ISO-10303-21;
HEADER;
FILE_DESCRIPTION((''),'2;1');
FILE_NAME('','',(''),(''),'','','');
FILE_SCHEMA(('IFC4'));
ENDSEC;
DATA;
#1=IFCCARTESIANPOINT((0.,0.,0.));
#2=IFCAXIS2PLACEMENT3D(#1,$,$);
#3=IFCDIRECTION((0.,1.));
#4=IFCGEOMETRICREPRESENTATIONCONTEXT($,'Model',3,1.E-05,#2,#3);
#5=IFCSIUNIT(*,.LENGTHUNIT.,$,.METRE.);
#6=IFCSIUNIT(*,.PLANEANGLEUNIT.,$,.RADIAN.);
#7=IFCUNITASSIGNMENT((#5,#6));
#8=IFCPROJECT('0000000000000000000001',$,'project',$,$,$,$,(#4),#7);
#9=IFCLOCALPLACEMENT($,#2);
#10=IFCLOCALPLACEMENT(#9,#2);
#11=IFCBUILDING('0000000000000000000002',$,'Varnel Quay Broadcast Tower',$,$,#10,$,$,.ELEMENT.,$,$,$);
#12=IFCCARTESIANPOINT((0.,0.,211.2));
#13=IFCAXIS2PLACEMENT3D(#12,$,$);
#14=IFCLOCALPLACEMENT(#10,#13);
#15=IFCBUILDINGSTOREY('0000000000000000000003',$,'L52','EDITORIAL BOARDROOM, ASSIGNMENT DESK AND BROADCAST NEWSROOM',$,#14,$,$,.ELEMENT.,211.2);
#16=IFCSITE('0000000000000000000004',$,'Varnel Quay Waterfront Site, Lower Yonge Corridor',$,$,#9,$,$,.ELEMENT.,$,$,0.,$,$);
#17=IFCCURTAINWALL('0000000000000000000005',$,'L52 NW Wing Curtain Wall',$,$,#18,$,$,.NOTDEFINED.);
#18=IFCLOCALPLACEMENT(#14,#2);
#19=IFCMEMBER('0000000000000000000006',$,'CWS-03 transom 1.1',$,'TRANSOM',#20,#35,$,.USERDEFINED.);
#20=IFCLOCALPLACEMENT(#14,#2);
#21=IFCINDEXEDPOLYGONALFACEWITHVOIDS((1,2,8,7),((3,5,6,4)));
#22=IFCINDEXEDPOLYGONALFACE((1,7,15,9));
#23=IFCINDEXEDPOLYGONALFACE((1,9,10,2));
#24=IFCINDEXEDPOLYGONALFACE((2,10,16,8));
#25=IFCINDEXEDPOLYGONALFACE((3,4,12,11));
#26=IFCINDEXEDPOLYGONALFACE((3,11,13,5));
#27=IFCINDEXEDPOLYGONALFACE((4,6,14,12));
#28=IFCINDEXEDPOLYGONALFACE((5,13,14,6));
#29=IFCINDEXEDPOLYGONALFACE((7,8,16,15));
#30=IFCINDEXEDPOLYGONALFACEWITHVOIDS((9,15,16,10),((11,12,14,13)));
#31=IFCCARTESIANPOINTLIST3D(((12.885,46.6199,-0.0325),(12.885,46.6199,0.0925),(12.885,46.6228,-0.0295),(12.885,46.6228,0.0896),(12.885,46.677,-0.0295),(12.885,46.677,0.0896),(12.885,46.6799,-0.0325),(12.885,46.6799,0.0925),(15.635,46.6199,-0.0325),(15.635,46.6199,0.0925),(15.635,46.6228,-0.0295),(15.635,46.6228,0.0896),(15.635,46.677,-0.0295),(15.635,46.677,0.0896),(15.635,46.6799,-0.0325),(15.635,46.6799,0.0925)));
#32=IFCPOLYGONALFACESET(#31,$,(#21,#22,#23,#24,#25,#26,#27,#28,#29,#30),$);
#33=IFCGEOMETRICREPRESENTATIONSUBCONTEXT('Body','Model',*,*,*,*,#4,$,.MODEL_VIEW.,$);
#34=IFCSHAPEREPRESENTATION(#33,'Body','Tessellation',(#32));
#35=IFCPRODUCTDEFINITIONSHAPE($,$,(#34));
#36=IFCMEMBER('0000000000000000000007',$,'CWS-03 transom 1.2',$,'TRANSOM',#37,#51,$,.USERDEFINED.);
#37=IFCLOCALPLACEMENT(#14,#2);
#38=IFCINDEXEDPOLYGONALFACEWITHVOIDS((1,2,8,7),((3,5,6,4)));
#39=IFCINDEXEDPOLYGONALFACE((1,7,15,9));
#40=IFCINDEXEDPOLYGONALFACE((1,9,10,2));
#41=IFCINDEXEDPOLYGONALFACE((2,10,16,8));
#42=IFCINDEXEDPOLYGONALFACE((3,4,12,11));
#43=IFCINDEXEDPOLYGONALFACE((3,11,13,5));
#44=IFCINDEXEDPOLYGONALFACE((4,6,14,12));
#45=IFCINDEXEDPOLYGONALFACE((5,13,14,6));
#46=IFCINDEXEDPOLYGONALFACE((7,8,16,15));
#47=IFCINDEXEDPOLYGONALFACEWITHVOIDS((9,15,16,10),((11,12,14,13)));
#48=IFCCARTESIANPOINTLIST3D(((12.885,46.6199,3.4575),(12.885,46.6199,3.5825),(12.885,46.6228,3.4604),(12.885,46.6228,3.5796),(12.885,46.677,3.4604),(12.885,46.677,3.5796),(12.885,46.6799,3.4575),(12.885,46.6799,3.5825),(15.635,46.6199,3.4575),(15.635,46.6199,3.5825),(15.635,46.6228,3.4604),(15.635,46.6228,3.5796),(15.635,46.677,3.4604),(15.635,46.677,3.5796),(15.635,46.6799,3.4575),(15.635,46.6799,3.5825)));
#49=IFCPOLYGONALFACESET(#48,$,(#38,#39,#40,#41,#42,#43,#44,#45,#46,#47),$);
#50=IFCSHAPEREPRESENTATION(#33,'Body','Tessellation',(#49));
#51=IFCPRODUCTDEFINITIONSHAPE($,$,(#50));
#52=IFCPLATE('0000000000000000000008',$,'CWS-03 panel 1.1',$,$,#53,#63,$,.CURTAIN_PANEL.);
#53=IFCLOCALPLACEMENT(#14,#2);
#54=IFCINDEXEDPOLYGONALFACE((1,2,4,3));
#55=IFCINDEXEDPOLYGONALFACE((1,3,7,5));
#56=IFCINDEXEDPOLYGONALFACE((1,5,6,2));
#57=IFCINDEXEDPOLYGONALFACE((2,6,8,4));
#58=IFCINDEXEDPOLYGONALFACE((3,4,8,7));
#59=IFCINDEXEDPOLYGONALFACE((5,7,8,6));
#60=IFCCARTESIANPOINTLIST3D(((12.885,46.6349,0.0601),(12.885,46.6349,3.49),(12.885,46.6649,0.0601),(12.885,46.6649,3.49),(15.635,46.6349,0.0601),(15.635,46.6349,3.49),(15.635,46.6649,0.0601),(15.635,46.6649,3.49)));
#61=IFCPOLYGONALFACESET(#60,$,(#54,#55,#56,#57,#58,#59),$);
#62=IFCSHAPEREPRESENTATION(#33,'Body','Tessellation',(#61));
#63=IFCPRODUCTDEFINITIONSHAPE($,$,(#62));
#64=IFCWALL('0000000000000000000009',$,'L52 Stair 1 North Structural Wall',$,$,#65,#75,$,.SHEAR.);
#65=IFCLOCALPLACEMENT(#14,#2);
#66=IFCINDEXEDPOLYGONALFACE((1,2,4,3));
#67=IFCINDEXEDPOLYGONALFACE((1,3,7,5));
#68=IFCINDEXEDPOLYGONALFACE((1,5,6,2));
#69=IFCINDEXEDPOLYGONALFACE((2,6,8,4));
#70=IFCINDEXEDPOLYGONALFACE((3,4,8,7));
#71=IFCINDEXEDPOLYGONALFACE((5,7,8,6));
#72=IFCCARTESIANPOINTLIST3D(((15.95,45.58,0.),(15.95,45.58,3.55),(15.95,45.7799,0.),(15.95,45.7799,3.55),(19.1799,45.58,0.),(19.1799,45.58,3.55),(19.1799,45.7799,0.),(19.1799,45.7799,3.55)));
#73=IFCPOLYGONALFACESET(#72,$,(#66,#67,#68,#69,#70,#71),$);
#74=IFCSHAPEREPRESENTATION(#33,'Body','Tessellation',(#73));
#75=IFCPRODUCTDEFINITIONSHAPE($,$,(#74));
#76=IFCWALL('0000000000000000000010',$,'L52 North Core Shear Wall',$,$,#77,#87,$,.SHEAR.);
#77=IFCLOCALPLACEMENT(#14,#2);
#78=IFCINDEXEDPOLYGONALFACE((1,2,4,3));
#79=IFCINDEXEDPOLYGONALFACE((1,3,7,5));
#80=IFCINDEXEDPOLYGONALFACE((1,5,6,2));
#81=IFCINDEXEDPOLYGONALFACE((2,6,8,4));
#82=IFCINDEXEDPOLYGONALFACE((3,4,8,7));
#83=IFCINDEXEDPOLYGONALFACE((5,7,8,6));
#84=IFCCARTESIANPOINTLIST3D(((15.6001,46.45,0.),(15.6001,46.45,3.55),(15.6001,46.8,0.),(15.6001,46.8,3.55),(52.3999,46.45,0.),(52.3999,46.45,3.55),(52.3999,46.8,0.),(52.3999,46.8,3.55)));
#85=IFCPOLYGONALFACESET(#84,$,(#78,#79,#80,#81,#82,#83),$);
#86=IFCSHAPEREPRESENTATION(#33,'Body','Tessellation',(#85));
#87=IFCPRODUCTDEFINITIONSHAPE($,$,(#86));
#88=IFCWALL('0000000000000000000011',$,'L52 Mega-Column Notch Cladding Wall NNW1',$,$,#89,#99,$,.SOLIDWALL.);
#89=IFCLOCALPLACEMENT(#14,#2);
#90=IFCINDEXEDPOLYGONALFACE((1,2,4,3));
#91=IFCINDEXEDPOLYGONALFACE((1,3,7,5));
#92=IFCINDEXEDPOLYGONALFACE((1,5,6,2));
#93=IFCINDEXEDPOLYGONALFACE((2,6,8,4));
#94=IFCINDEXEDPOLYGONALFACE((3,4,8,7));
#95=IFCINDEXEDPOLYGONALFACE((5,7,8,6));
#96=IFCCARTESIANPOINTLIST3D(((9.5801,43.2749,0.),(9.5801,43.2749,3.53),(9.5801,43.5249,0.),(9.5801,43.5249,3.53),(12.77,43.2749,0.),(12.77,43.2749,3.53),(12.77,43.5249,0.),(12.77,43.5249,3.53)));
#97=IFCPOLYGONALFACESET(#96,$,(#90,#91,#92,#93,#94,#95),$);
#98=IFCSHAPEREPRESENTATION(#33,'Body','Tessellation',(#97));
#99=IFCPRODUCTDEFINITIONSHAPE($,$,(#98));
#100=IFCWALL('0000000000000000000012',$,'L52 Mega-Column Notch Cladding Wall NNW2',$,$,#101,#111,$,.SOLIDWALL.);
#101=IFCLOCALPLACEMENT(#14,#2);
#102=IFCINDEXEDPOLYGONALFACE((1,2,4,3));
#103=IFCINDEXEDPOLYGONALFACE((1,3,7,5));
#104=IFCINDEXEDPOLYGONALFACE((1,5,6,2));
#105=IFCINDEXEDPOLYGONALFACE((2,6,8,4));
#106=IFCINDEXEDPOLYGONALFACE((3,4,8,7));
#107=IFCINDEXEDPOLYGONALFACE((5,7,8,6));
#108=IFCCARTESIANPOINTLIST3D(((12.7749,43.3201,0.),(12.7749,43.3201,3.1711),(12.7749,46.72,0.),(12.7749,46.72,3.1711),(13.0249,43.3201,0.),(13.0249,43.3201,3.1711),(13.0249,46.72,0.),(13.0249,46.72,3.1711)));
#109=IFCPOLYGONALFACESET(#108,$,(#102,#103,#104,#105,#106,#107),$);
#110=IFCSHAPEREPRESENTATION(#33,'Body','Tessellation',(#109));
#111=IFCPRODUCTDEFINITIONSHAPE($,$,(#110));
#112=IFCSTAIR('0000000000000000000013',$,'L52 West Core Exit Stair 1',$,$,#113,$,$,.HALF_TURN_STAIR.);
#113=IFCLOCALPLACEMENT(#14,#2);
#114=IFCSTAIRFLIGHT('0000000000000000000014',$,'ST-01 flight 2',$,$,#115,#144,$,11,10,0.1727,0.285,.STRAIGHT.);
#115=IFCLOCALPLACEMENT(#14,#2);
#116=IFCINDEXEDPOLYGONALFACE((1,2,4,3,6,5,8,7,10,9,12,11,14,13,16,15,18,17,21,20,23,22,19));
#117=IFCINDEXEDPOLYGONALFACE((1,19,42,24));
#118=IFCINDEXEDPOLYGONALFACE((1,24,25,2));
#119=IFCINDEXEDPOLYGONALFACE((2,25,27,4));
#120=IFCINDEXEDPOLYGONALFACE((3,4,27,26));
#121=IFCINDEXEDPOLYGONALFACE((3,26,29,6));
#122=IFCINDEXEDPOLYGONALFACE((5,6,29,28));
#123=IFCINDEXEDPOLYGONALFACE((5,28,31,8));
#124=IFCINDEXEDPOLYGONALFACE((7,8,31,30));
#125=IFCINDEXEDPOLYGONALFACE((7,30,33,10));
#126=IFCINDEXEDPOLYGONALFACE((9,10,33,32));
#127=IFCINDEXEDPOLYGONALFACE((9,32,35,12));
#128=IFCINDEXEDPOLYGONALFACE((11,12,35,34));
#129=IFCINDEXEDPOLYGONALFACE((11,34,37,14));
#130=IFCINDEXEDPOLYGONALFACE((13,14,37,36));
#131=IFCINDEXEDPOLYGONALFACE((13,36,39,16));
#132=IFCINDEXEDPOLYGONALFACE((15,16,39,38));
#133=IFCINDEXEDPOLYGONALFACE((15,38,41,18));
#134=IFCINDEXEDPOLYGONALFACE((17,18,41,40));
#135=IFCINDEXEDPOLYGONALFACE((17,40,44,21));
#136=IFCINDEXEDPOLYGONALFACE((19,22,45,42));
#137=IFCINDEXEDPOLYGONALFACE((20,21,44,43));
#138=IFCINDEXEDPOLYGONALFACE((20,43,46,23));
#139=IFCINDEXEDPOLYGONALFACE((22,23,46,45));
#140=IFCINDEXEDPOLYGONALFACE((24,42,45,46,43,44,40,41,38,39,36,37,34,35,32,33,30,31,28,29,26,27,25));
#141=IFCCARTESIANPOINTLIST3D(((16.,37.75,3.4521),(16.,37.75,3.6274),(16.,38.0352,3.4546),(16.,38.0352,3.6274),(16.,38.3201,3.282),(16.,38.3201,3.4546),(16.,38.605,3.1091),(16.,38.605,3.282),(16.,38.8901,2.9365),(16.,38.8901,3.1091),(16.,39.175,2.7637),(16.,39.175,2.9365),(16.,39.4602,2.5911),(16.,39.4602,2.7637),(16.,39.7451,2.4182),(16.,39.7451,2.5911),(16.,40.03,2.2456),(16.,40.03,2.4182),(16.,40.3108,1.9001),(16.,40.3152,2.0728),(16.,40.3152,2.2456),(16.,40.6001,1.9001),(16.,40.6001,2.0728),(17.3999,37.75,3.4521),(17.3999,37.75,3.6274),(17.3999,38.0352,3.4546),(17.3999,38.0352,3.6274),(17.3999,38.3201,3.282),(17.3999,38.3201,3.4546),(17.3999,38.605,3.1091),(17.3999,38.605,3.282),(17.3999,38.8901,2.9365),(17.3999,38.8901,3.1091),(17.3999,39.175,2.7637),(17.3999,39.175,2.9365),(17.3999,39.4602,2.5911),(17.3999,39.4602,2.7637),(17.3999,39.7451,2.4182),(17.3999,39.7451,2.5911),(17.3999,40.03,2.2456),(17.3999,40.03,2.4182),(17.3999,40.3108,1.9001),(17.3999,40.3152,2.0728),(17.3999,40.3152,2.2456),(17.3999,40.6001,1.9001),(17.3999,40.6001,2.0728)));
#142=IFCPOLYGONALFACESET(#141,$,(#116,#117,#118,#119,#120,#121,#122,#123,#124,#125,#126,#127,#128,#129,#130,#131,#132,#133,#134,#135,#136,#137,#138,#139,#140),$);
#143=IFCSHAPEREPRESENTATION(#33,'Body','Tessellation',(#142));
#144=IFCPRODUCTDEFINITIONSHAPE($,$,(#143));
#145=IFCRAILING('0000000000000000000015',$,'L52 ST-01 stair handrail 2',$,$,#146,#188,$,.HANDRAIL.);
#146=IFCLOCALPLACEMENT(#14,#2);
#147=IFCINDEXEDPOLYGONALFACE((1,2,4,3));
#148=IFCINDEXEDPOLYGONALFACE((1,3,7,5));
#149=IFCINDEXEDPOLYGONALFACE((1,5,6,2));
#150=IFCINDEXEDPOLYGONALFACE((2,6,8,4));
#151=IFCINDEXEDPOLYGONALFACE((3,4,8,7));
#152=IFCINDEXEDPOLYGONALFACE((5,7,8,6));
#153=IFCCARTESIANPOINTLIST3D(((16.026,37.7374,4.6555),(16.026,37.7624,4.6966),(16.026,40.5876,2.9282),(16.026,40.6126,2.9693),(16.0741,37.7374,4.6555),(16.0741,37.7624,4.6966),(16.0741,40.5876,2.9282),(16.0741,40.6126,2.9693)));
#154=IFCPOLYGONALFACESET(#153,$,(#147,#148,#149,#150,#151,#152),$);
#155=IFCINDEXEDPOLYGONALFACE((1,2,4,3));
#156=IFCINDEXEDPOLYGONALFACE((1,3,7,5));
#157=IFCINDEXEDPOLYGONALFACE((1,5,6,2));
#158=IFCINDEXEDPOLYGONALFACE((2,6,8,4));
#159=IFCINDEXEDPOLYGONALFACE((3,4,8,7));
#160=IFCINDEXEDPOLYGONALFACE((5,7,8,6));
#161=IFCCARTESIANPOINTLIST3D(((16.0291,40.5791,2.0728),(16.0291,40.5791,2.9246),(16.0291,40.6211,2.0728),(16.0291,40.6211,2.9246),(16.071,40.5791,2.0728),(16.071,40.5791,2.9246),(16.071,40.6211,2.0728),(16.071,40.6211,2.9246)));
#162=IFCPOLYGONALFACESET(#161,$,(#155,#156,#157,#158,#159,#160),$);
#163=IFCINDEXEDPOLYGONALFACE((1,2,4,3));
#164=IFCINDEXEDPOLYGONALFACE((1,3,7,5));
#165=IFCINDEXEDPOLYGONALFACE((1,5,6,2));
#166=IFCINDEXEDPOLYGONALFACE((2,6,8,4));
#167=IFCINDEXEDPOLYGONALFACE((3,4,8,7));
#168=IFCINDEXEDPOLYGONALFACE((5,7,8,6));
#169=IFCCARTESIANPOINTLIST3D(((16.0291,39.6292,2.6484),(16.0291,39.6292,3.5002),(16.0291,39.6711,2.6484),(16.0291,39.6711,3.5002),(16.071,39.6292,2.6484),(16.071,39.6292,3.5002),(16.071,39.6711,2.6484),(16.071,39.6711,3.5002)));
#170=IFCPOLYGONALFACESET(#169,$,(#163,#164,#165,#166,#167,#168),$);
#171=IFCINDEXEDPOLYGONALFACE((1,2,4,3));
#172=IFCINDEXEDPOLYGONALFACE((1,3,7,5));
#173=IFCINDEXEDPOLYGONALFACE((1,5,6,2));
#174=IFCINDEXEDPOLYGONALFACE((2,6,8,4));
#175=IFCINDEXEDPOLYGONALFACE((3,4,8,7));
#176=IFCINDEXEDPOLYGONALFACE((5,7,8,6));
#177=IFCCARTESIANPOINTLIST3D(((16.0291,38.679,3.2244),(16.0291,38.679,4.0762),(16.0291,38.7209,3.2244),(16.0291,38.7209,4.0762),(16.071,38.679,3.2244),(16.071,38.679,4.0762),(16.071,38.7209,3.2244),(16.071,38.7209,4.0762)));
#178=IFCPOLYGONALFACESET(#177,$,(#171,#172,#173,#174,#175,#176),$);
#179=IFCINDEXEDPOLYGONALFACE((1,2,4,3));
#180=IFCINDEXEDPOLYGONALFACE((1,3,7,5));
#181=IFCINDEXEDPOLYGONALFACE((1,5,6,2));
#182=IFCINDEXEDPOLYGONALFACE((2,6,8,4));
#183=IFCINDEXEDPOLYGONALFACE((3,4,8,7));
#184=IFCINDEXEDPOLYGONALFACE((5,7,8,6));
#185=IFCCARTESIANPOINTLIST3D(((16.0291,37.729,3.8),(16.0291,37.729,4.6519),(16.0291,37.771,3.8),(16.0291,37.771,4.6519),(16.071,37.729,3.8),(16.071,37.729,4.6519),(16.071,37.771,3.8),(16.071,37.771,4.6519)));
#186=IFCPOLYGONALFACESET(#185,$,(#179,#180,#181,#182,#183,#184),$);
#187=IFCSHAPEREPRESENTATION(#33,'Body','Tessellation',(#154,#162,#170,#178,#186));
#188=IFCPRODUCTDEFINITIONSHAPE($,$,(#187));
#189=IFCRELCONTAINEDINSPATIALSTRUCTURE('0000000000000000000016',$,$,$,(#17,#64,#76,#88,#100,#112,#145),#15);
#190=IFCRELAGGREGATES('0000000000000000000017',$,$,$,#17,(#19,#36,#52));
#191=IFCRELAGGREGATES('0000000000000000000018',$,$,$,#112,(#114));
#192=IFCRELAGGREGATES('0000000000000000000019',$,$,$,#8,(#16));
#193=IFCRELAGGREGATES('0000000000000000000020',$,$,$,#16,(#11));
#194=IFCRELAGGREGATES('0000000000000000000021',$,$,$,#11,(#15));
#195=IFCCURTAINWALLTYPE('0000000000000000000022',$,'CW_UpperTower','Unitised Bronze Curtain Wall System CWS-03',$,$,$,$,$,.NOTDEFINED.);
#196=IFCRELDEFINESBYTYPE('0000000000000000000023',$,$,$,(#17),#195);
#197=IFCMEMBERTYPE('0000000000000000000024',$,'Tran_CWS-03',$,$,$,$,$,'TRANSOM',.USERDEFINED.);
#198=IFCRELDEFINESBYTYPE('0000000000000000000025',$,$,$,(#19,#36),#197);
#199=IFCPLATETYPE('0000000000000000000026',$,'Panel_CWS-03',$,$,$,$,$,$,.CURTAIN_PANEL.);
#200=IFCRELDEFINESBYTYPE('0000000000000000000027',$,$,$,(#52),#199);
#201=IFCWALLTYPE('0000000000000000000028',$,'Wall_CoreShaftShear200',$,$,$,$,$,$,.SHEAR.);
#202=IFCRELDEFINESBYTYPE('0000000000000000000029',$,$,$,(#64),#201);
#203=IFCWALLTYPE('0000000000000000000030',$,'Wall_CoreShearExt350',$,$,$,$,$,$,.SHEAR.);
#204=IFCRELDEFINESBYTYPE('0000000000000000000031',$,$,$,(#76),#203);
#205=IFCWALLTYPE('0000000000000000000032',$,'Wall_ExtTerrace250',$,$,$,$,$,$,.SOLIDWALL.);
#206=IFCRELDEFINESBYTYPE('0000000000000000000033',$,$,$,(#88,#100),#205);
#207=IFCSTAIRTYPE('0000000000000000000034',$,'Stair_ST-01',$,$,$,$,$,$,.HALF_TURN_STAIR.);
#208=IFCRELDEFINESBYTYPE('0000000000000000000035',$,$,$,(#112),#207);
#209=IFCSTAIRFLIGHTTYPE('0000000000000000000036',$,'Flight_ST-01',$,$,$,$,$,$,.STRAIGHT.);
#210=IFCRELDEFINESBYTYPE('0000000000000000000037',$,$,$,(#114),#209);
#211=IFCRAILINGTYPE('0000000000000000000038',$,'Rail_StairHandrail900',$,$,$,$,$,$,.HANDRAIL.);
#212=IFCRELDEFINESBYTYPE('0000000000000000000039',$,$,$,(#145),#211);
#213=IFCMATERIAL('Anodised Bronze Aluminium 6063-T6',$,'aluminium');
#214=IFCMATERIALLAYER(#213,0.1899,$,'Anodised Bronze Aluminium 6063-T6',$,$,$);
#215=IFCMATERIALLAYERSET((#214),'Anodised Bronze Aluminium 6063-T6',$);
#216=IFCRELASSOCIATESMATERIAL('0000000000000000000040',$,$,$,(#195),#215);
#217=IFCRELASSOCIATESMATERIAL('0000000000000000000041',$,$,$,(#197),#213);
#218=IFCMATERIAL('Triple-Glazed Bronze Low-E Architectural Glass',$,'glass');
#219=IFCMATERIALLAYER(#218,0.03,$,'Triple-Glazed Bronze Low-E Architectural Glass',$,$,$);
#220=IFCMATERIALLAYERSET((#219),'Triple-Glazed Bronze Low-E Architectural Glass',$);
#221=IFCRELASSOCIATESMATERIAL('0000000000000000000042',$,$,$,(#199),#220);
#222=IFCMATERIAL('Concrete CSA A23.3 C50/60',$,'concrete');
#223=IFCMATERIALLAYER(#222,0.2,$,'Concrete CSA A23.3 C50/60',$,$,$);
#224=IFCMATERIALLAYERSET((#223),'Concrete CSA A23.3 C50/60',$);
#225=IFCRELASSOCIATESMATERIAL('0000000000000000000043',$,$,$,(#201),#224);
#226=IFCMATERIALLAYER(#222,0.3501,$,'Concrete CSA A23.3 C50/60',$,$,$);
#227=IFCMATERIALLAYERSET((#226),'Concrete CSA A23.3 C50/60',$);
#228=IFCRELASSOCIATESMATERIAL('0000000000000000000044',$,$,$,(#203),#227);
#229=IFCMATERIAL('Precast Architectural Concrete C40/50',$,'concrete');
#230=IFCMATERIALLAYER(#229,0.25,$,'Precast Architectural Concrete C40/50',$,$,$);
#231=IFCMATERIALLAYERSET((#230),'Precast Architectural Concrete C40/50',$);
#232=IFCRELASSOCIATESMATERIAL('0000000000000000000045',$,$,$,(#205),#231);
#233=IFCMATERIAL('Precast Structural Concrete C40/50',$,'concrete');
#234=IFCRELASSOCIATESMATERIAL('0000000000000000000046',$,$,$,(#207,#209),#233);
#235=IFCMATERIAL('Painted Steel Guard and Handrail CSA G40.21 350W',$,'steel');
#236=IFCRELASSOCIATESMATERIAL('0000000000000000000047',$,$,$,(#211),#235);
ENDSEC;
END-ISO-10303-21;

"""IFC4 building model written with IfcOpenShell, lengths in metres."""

from ifc_helpers import new_model, si_unit, direction, frame, frame_2d, origin, origin_2d, place, context, subcontext, project, spatial, polyline, rectangle, hollow_rectangle, outline, extrude, source, transform, mapped, material, layer, layer_set, material_profile, profile_set, type_object, type_shapes, element, aggregate, save


model = new_model("IFC4")

# Units and contexts
model_context = context("Model", 3, precision=1e-05, world=origin(), true_north=direction((0.0, 1.0)))
body_context = subcontext(model_context, "Body", "Model", "MODEL_VIEW")
ifc_project = project(units=[si_unit("LENGTHUNIT", "METRE"), si_unit("PLANEANGLEUNIT", "RADIAN")], contexts=[model_context])

# Site, building, storey
site_placement = place(None, origin())
site = spatial("IfcSite", under=ifc_project, at=site_placement, Name="Varnel Quay Waterfront Site, Lower Yonge Corridor", CompositionType="ELEMENT", RefElevation=0.0)
building_placement = place(site_placement, origin())
building = spatial("IfcBuilding", under=site, at=building_placement, Name="Varnel Quay Broadcast Tower", CompositionType="ELEMENT")
storey_placement = place(building_placement, frame((0.0, 0.0, 211.2)))
storey = spatial("IfcBuildingStorey", under=building, at=storey_placement, Name="L52", Description="EDITORIAL BOARDROOM, ASSIGNMENT DESK AND BROADCAST NEWSROOM", CompositionType="ELEMENT", Elevation=211.2)

# Shared definitions
ifc_material_1 = material(Name="Anodised Bronze Aluminium 6063-T6", Category="aluminium")
ifc_layer_1 = layer(ifc_material_1, 0.1899, Name="Anodised Bronze Aluminium 6063-T6")
ifc_layer_set_1 = layer_set([ifc_layer_1], Name="Anodised Bronze Aluminium 6063-T6")
curtain_wall_type = type_object("IfcCurtainWallType", Name="CW_UpperTower", Description="Unitised Bronze Curtain Wall System CWS-03", PredefinedType="NOTDEFINED", material=ifc_layer_set_1)

# Curtain wall, members, plate
curtain_wall_1_placement = place(storey_placement, origin())
curtain_wall_1 = element("IfcCurtainWall", 1, at=curtain_wall_1_placement, inside=storey, type_object=curtain_wall_type, Name="L52 NW Wing Curtain Wall", PredefinedType="NOTDEFINED")
ifc_material_profile_1 = material_profile(ifc_material_1, hollow_rectangle(XDim=0.0601, YDim=0.125, WallThickness=0.0029, at=origin_2d()), Name="ALU60X125X3")
ifc_profile_set_1 = profile_set([ifc_material_profile_1], Name="Anodised Bronze Aluminium 6063-T6")
member_type_1 = type_object("IfcMemberType", Name="Tran_CWS-03", ElementType="TRANSOM", PredefinedType="USERDEFINED", material=ifc_profile_set_1)
shared_shape_1 = source(origin(), body_context, "Body", "SweptSolid", [
    extrude(hollow_rectangle(XDim=0.0601, YDim=0.125, WallThickness=0.0029, at=origin_2d()), origin(), (0.0, 0.0, 1.0), 2.75),
])
type_shapes(member_type_1, [shared_shape_1])
member_1_placement = place(storey_placement, frame((12.885, 46.6499, 0.03), z_axis=(1.0, 0.0, 0.0), x_axis=(0.0, 1.0, 0.0)))
member_1 = element("IfcMember", 2, at=member_1_placement, type_object=member_type_1, Name="CWS-03 transom 1.1", ObjectType="TRANSOM", PredefinedType="USERDEFINED", context=body_context, shape_type="MappedRepresentation", body=[
    mapped(shared_shape_1, transform((0.0, 0.0, 0.0), x_axis=(1.0, 0.0, 0.0), y_axis=(0.0, 1.0, 0.0), z_axis=(0.0, 0.0, 1.0), scale=1.0)),
])
member_2_placement = place(storey_placement, frame((12.885, 46.6499, 3.52), z_axis=(1.0, 0.0, 0.0), x_axis=(0.0, 1.0, 0.0)))
member_2 = element("IfcMember", 3, at=member_2_placement, type_object=member_type_1, Name="CWS-03 transom 1.2", ObjectType="TRANSOM", PredefinedType="USERDEFINED", context=body_context, shape_type="MappedRepresentation", body=[
    mapped(shared_shape_1, transform((0.0, 0.0, 0.0), x_axis=(1.0, 0.0, 0.0), y_axis=(0.0, 1.0, 0.0), z_axis=(0.0, 0.0, 1.0), scale=1.0)),
])
ifc_material_2 = material(Name="Triple-Glazed Bronze Low-E Architectural Glass", Category="glass")
ifc_layer_2 = layer(ifc_material_2, 0.03, Name="Triple-Glazed Bronze Low-E Architectural Glass")
ifc_layer_set_2 = layer_set([ifc_layer_2], Name="Triple-Glazed Bronze Low-E Architectural Glass")
plate_type = type_object("IfcPlateType", Name="Panel_CWS-03", PredefinedType="CURTAIN_PANEL", material=ifc_layer_set_2)
shared_shape_2 = source(origin(), body_context, "Body", "SweptSolid", [
    extrude(rectangle(XDim=2.75, YDim=0.03, at=origin_2d()), origin(), (0.0, 0.0, 1.0), 3.4299),
])
type_shapes(plate_type, [shared_shape_2])
plate_placement = place(storey_placement, frame((14.26, 46.6499, 0.0601), z_axis=(0.0, 0.0, 1.0), x_axis=(1.0, 0.0, 0.0)))
plate = element("IfcPlate", 4, at=plate_placement, type_object=plate_type, Name="CWS-03 panel 1.1", PredefinedType="CURTAIN_PANEL", context=body_context, shape_type="MappedRepresentation", body=[
    mapped(shared_shape_2, transform((0.0, 0.0, 0.0), x_axis=(1.0, 0.0, 0.0), y_axis=(0.0, 1.0, 0.0), z_axis=(0.0, 0.0, 1.0), scale=1.0)),
])
aggregate(curtain_wall_1, [member_1, member_2, plate])

# Walls
ifc_material_3 = material(Name="Concrete CSA A23.3 C50/60", Category="concrete")
ifc_layer_3 = layer(ifc_material_3, 0.2, Name="Concrete CSA A23.3 C50/60")
ifc_layer_set_3 = layer_set([ifc_layer_3], Name="Concrete CSA A23.3 C50/60")
wall_type_1 = type_object("IfcWallType", Name="Wall_CoreShaftShear200", PredefinedType="SHEAR", material=ifc_layer_set_3)
wall_1_placement = place(storey_placement, frame((15.95, 45.6799, 0.0), z_axis=(0.0, 0.0, 1.0), x_axis=(1.0, 0.0, 0.0)))
element("IfcWall", 5, at=wall_1_placement, inside=storey, type_object=wall_type_1, Name="L52 Stair 1 North Structural Wall", PredefinedType="SHEAR", context=body_context, shape_type="SweptSolid", body=[
    extrude(rectangle(XDim=3.23, YDim=0.2, at=frame_2d((1.615, 0.0))), origin(), (0.0, 0.0, 1.0), 3.55),
])
ifc_layer_4 = layer(ifc_material_3, 0.3501, Name="Concrete CSA A23.3 C50/60")
ifc_layer_set_4 = layer_set([ifc_layer_4], Name="Concrete CSA A23.3 C50/60")
wall_type_2 = type_object("IfcWallType", Name="Wall_CoreShearExt350", PredefinedType="SHEAR", material=ifc_layer_set_4)
wall_2_placement = place(storey_placement, frame((15.6001, 46.625, 0.0), z_axis=(0.0, 0.0, 1.0), x_axis=(1.0, 0.0, 0.0)))
element("IfcWall", 6, at=wall_2_placement, inside=storey, type_object=wall_type_2, Name="L52 North Core Shear Wall", PredefinedType="SHEAR", context=body_context, shape_type="SweptSolid", body=[
    extrude(rectangle(XDim=36.7998, YDim=0.3501, at=frame_2d((18.3999, 0.0))), origin(), (0.0, 0.0, 1.0), 3.55),
])
ifc_material_4 = material(Name="Precast Architectural Concrete C40/50", Category="concrete")
ifc_layer_5 = layer(ifc_material_4, 0.25, Name="Precast Architectural Concrete C40/50")
ifc_layer_set_5 = layer_set([ifc_layer_5], Name="Precast Architectural Concrete C40/50")
wall_type_3 = type_object("IfcWallType", Name="Wall_ExtTerrace250", PredefinedType="SOLIDWALL", material=ifc_layer_set_5)
wall_3_placement = place(storey_placement, frame((9.5801, 43.3999, 0.0), z_axis=(0.0, 0.0, 1.0), x_axis=(1.0, 0.0, 0.0)))
element("IfcWall", 7, at=wall_3_placement, inside=storey, type_object=wall_type_3, Name="L52 Mega-Column Notch Cladding Wall NNW1", PredefinedType="SOLIDWALL", context=body_context, shape_type="SweptSolid", body=[
    extrude(rectangle(XDim=3.1899, YDim=0.25, at=frame_2d((1.595, 0.0))), origin(), (0.0, 0.0, 1.0), 3.53),
])
wall_4_placement = place(storey_placement, frame((12.8999, 43.3201, 0.0), z_axis=(0.0, 0.0, 1.0), x_axis=(0.0, 1.0, 0.0)))
element("IfcWall", 8, at=wall_4_placement, inside=storey, type_object=wall_type_3, Name="L52 Mega-Column Notch Cladding Wall NNW2", PredefinedType="SOLIDWALL", context=body_context, shape_type="SweptSolid", body=[
    extrude(rectangle(XDim=3.3999, YDim=0.25, at=frame_2d((1.7, 0.0))), origin(), (0.0, 0.0, 1.0), 3.1711),
])

# Stair, stair flight
ifc_material_5 = material(Name="Precast Structural Concrete C40/50", Category="concrete")
stair_type = type_object("IfcStairType", Name="Stair_ST-01", PredefinedType="HALF_TURN_STAIR", material=ifc_material_5)
stair_placement = place(storey_placement, origin())
stair = element("IfcStair", 9, at=stair_placement, inside=storey, type_object=stair_type, Name="L52 West Core Exit Stair 1", PredefinedType="HALF_TURN_STAIR")
stair_flight_type = type_object("IfcStairFlightType", Name="Flight_ST-01", PredefinedType="STRAIGHT", material=ifc_material_5)
stair_flight_placement = place(storey_placement, frame((16.7, 40.6001, 1.9001), z_axis=(0.0, 0.0, 1.0), x_axis=(0.0, -1.0, 0.0)))
stair_flight = element("IfcStairFlight", 10, at=stair_flight_placement, type_object=stair_flight_type, Name="ST-01 flight 2", NumberOfRisers=11, NumberOfTreads=10, PredefinedType="STRAIGHT", RiserHeight=0.1727, TreadLength=0.285, context=body_context, shape_type="SweptSolid", body=[
    extrude(outline(polyline([(0.0, 0.0), (0.0, 0.1726), (0.2849, 0.1726), (0.2849, 0.3455), (0.5701, 0.3455), (0.5701, 0.5181), (0.855, 0.5181), (0.855, 0.6909), (1.1399, 0.6909), (1.1399, 0.8635), (1.425, 0.8635), (1.425, 1.0364), (1.71, 1.0364), (1.71, 1.209), (1.9951, 1.209), (1.9951, 1.3818), (2.28, 1.3818), (2.28, 1.5544), (2.5649, 1.5544), (2.5649, 1.7273), (2.8501, 1.7273), (2.8501, 1.8999), (2.8501, 1.552), (0.2893, 0.0), (0.0, 0.0)])), frame((0.0, 0.7, 0.0), z_axis=(0.0, -1.0, 0.0), x_axis=(1.0, 0.0, 0.0)), (0.0, 0.0, 1.0), 1.3999),
])
aggregate(stair, [stair_flight])

# Railing
ifc_material_6 = material(Name="Painted Steel Guard and Handrail CSA G40.21 350W", Category="steel")
railing_type = type_object("IfcRailingType", Name="Rail_StairHandrail900", PredefinedType="HANDRAIL", material=ifc_material_6)
railing_placement = place(storey_placement, frame((16.05, 40.6001, 2.0728)))
element("IfcRailing", 11, at=railing_placement, inside=storey, type_object=railing_type, Name="L52 ST-01 stair handrail 2", PredefinedType="HANDRAIL", context=body_context, shape_type="SweptSolid", body=[
    extrude(rectangle(XDim=0.0481, YDim=0.0481, at=origin_2d()), frame((0.0, 0.0, 0.876), z_axis=(0.0, -0.855203, 0.518294), x_axis=(1.0, 0.0, 0.0)), (0.0, 0.0, 1.0), 3.3328),
    extrude(rectangle(XDim=0.042, YDim=0.042, at=origin_2d()), origin(), (0.0, 0.0, 1.0), 0.8518),
    extrude(rectangle(XDim=0.042, YDim=0.042, at=origin_2d()), frame((0.0, -0.95, 0.5757)), (0.0, 0.0, 1.0), 0.8518),
    extrude(rectangle(XDim=0.042, YDim=0.042, at=origin_2d()), frame((0.0, -1.9001, 1.1516)), (0.0, 0.0, 1.0), 0.8518),
    extrude(rectangle(XDim=0.042, YDim=0.042, at=origin_2d()), frame((0.0, -2.8501, 1.7273)), (0.0, 0.0, 1.0), 0.8518),
])

save(model, "model.ifc")
